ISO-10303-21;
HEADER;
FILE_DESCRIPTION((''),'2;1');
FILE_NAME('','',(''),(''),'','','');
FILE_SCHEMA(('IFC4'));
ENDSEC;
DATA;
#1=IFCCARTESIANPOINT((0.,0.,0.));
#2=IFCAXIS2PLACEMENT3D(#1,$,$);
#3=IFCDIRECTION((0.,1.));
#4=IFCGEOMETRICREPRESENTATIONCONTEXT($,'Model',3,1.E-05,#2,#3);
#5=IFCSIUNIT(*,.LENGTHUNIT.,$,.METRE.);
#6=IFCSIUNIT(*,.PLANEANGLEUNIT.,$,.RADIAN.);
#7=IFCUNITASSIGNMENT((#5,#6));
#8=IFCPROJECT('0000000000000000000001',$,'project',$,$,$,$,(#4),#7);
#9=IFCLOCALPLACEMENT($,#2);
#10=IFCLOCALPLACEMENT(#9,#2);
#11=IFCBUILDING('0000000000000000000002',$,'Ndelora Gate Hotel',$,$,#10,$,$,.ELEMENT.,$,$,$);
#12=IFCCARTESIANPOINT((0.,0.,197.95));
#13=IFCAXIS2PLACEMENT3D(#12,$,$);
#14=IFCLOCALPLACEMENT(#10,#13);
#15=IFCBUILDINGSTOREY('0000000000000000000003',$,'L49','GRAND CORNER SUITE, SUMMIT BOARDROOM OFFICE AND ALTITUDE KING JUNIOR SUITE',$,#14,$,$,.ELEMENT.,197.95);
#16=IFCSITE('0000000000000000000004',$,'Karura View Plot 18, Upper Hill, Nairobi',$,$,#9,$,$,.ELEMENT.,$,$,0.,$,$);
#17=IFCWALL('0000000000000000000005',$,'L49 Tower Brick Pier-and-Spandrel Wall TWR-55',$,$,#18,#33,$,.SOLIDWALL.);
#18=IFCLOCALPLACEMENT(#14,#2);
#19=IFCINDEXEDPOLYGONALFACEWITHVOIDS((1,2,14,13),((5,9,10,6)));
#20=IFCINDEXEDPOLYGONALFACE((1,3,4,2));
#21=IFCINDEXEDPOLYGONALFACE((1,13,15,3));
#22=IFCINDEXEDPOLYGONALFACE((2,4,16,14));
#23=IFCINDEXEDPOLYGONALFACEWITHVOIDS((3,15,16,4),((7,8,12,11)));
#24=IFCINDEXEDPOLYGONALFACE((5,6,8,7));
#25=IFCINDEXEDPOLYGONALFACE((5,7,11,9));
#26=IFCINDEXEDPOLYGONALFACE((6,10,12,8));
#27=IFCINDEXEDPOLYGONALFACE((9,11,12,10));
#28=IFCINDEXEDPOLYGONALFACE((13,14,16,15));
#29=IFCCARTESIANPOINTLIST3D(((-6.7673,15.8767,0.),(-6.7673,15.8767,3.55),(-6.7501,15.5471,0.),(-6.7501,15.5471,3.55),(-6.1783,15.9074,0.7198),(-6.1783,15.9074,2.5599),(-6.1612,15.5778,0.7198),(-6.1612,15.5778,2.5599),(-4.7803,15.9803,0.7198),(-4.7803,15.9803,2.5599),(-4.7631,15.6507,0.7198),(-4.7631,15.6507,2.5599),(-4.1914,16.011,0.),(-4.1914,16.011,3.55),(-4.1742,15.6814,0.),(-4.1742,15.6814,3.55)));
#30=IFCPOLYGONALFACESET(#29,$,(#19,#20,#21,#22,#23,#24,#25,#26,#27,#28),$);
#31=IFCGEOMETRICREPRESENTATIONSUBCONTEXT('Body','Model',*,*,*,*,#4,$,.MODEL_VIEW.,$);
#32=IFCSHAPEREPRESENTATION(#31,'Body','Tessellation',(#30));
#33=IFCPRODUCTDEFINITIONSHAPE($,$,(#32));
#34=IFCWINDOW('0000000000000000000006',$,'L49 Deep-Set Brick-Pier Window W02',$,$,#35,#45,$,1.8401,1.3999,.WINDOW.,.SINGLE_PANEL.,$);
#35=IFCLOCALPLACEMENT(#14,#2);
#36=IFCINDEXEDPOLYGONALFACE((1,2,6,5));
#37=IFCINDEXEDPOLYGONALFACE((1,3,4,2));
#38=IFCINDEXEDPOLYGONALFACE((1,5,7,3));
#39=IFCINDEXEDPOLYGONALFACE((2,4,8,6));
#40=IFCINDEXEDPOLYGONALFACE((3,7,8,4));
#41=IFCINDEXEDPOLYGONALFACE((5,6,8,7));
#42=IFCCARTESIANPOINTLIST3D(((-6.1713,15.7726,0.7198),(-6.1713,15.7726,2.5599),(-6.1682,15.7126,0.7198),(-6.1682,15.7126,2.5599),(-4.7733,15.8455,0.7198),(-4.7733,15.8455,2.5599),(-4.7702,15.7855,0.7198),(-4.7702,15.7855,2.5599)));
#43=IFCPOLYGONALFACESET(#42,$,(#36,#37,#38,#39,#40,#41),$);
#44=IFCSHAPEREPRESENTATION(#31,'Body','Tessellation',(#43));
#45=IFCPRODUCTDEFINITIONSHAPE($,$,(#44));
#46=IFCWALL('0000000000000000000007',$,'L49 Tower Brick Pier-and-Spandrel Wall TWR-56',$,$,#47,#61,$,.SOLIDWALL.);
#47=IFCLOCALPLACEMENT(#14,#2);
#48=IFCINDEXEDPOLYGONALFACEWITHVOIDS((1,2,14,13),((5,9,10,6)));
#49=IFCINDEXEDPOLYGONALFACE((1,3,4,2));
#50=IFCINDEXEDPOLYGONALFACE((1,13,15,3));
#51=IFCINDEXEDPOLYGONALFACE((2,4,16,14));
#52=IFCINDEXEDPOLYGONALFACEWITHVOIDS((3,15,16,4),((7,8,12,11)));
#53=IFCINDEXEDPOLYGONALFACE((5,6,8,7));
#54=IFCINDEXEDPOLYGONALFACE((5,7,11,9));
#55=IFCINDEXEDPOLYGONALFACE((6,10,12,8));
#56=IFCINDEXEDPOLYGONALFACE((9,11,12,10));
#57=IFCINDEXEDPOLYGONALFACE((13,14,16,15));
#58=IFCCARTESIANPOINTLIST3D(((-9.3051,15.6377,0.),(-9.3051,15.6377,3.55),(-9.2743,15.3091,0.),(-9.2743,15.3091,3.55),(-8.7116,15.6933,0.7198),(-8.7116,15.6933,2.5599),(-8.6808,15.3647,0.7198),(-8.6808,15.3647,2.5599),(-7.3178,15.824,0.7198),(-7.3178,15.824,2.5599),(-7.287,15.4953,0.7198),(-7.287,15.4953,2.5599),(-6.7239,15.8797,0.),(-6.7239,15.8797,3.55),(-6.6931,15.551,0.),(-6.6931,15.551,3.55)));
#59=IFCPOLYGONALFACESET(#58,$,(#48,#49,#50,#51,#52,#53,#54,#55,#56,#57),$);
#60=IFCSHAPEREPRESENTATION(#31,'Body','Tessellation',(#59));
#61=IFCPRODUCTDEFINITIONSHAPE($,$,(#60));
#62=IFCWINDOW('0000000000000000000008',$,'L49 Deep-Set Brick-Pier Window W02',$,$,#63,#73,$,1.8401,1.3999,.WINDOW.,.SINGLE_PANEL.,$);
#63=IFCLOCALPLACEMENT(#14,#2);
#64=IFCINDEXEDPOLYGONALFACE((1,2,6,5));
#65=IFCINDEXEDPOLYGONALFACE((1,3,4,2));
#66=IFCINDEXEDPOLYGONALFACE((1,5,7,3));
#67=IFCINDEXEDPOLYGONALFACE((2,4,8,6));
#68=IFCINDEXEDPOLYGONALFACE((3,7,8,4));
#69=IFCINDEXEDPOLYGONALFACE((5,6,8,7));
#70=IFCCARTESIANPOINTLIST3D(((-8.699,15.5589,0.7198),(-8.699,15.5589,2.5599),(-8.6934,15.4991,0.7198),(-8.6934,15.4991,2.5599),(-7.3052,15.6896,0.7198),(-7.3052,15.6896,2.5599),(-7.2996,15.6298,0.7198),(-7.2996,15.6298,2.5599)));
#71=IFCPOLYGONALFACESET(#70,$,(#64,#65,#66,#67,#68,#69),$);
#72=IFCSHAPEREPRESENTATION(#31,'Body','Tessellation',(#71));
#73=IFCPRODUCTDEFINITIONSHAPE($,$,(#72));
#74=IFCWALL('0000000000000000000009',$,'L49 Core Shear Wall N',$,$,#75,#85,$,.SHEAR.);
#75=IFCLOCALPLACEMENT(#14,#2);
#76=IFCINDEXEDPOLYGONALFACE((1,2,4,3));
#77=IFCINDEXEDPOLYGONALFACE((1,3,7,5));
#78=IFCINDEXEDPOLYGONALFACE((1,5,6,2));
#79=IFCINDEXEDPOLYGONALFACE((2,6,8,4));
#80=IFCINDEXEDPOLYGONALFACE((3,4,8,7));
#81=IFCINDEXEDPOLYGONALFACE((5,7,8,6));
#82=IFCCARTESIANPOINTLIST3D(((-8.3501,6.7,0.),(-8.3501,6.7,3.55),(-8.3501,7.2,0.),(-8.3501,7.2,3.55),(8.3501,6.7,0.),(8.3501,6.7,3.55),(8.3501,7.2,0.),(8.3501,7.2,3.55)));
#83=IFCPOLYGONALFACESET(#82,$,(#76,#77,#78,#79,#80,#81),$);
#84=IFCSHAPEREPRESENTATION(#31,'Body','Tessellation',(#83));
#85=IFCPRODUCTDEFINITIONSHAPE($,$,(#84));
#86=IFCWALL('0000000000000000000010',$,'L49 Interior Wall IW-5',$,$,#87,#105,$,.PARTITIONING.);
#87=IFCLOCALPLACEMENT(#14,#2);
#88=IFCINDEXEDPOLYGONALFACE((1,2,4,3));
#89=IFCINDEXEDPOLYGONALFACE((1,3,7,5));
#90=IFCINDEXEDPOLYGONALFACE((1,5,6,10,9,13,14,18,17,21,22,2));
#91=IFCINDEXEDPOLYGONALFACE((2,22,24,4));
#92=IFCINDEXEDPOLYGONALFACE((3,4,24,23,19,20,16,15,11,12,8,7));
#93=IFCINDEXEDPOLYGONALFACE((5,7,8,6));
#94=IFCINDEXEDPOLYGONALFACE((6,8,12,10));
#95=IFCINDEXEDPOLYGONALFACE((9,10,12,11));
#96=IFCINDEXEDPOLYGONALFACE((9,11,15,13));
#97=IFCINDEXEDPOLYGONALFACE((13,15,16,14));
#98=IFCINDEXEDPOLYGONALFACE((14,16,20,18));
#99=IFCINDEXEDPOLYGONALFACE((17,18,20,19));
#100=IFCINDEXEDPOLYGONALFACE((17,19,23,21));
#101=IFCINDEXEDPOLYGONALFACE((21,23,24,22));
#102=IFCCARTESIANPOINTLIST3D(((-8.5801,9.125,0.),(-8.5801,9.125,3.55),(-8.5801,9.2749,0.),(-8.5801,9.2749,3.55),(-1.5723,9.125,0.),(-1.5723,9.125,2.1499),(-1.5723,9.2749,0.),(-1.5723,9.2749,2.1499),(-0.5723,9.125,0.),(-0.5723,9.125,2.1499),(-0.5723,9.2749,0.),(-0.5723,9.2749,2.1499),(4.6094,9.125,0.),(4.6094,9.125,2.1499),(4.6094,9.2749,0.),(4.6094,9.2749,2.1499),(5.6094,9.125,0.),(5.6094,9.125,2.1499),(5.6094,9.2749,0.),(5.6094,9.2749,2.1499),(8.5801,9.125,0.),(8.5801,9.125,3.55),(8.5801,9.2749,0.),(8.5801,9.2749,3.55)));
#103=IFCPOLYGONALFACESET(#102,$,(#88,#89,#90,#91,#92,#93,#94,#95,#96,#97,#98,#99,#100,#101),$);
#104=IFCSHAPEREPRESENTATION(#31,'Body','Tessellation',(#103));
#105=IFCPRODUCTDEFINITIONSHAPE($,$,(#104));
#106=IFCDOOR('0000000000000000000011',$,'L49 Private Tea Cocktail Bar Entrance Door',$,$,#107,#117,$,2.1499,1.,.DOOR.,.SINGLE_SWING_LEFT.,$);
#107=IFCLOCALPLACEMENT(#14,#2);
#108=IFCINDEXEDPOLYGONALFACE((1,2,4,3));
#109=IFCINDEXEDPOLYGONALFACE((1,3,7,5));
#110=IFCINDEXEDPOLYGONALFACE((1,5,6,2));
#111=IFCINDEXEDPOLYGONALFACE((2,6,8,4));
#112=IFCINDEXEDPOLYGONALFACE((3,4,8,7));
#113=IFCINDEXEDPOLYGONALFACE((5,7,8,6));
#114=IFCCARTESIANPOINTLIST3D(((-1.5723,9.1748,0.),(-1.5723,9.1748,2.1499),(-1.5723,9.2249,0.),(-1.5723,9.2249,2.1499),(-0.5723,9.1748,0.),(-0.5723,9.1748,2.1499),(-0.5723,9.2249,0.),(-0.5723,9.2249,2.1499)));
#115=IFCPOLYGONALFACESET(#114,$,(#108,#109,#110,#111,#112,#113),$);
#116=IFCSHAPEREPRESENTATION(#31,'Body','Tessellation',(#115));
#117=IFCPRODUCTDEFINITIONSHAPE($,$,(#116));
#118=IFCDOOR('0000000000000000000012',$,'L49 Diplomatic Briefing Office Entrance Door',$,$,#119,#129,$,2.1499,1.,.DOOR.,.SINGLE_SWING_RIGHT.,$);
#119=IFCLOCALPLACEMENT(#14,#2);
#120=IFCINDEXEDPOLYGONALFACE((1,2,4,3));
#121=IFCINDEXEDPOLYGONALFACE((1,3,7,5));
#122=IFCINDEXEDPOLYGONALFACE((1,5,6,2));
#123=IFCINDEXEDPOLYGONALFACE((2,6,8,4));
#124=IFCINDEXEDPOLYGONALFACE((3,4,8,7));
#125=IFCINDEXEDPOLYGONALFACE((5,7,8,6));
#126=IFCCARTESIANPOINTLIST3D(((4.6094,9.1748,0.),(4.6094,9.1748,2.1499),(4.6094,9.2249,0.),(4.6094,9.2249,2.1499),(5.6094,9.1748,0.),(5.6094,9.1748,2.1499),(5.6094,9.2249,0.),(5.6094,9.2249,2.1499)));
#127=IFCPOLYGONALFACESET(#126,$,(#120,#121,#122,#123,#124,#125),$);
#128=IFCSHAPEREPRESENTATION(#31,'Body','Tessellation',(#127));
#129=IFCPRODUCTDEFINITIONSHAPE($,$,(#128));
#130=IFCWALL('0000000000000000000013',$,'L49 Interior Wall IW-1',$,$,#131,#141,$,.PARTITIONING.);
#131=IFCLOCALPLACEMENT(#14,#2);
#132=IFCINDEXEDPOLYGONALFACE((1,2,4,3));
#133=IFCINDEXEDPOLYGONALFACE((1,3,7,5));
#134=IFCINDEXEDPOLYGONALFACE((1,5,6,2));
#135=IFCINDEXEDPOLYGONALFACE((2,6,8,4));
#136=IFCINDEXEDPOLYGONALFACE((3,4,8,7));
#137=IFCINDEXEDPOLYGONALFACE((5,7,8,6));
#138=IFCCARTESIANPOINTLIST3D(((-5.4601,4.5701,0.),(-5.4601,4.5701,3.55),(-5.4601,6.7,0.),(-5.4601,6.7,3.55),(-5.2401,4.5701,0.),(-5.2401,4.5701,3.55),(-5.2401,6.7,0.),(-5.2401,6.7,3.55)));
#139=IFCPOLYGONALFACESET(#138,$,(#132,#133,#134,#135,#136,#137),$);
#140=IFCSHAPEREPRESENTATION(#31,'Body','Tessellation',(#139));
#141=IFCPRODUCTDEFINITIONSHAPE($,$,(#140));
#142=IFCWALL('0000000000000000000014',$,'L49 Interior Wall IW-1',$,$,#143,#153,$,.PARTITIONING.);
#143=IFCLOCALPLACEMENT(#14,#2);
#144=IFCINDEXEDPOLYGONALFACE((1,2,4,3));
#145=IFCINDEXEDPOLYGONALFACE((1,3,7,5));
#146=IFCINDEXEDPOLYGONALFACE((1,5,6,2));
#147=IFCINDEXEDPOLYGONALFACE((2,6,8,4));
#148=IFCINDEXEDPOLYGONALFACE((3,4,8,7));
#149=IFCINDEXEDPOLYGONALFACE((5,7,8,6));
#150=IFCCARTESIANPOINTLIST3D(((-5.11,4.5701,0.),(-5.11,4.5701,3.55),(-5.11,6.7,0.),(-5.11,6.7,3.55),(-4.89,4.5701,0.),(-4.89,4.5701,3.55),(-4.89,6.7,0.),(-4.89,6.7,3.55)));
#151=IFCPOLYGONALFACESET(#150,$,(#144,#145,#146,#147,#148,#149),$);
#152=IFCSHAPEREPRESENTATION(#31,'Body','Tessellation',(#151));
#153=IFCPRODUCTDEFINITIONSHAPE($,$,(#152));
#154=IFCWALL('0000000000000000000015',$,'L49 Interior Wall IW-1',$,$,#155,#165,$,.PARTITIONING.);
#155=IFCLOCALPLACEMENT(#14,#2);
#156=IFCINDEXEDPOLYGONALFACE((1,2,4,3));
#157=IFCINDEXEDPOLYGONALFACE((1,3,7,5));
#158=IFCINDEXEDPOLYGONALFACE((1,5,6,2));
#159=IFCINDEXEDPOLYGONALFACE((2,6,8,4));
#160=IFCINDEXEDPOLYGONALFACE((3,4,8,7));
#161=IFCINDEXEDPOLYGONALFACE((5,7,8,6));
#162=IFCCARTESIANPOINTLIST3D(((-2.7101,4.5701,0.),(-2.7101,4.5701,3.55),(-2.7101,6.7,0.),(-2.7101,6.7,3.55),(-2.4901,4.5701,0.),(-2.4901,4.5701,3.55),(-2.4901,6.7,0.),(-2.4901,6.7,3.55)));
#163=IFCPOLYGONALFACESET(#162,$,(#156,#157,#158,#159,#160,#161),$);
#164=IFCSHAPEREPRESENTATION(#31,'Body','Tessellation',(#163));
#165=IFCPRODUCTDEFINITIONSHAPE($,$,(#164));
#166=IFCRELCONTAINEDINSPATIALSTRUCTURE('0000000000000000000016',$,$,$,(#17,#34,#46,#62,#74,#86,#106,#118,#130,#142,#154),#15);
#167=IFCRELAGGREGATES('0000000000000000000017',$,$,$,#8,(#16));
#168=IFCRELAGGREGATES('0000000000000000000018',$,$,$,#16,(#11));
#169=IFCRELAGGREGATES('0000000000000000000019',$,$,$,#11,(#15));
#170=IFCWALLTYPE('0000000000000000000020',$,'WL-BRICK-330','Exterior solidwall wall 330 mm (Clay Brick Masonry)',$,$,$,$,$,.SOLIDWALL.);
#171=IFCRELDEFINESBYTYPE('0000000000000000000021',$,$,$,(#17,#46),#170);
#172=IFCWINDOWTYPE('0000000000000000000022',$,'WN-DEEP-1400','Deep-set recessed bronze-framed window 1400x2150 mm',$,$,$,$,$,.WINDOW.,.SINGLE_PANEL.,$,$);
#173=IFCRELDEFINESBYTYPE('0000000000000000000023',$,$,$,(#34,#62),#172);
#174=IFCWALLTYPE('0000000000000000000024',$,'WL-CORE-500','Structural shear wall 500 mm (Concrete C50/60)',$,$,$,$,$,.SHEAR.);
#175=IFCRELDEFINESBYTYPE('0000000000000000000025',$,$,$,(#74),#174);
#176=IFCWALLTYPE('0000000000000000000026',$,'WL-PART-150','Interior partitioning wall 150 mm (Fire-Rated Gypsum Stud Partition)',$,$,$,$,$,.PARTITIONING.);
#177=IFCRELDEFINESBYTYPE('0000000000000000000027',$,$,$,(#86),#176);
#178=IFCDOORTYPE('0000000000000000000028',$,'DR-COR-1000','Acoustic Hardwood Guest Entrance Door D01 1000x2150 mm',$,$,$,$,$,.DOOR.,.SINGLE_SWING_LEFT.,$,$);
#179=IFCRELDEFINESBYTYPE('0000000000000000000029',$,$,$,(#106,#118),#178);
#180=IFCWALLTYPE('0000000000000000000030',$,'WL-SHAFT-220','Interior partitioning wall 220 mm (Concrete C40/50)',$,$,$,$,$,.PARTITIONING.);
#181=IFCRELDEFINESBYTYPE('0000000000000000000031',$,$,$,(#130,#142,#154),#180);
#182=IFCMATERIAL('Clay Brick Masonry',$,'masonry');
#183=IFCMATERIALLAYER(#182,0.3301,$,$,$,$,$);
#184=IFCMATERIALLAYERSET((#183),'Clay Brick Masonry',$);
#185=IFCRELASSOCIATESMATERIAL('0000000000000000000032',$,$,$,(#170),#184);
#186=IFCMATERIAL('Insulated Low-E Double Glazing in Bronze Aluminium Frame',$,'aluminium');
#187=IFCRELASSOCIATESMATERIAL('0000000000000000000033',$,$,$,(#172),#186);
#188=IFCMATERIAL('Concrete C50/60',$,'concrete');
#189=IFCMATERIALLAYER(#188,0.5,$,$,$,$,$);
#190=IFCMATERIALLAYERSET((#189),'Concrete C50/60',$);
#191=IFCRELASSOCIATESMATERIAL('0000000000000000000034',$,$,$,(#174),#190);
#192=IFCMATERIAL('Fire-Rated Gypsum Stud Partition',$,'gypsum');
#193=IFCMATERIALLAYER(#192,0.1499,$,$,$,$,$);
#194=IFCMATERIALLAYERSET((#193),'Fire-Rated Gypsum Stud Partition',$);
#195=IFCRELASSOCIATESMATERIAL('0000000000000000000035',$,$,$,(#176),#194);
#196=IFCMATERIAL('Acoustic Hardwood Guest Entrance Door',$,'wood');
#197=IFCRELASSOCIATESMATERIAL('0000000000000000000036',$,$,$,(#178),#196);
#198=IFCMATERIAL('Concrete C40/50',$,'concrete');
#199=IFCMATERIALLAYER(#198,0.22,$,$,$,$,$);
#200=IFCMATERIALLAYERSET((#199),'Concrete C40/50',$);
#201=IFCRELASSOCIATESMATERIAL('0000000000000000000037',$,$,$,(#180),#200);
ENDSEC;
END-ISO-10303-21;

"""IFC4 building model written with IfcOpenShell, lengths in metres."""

from ifc_helpers import new_model, si_unit, direction, frame, frame_2d, origin, place, context, subcontext, project, spatial, rectangle, extrude, material, layer, layer_set, type_object, element, fill, save


model = new_model("IFC4")

# Units and contexts
model_context = context("Model", 3, precision=1e-05, world=origin(), true_north=direction((0.0, 1.0)))
body_context = subcontext(model_context, "Body", "Model", "MODEL_VIEW")
ifc_project = project(units=[si_unit("LENGTHUNIT", "METRE"), si_unit("PLANEANGLEUNIT", "RADIAN")], contexts=[model_context])

# Site, building, storey
site_placement = place(None, origin())
site = spatial("IfcSite", under=ifc_project, at=site_placement, Name="Karura View Plot 18, Upper Hill, Nairobi", CompositionType="ELEMENT", RefElevation=0.0)
building_placement = place(site_placement, origin())
building = spatial("IfcBuilding", under=site, at=building_placement, Name="Ndelora Gate Hotel", CompositionType="ELEMENT")
storey_placement = place(building_placement, frame((0.0, 0.0, 197.95)))
storey = spatial("IfcBuildingStorey", under=building, at=storey_placement, Name="L49", Description="GRAND CORNER SUITE, SUMMIT BOARDROOM OFFICE AND ALTITUDE KING JUNIOR SUITE", CompositionType="ELEMENT", Elevation=197.95)

# Shared definitions
ifc_material_1 = material(Name="Concrete C50/60", Category="concrete")

# Walls, openings, windows
ifc_material_2 = material(Name="Clay Brick Masonry", Category="masonry")
ifc_layer_1 = layer(ifc_material_2, 0.3301)
ifc_layer_set_1 = layer_set([ifc_layer_1], Name="Clay Brick Masonry")
wall_type_1 = type_object("IfcWallType", Name="WL-BRICK-330", Description="Exterior solidwall wall 330 mm (Clay Brick Masonry)", PredefinedType="SOLIDWALL", material=ifc_layer_set_1)
ifc_material_3 = material(Name="Insulated Low-E Double Glazing in Bronze Aluminium Frame", Category="aluminium")
window_type = type_object("IfcWindowType", Name="WN-DEEP-1400", Description="Deep-set recessed bronze-framed window 1400x2150 mm", PartitioningType="SINGLE_PANEL", PredefinedType="WINDOW", material=ifc_material_3)
wall_1_placement = place(storey_placement, frame((-6.7585, 15.7119, 0.0), z_axis=(0.0, 0.0, 1.0), x_axis=(0.998644, 0.052057, 0.0)))
wall_1 = element("IfcWall", 1, at=wall_1_placement, inside=storey, type_object=wall_type_1, Name="L49 Tower Brick Pier-and-Spandrel Wall TWR-55", PredefinedType="SOLIDWALL", context=body_context, shape_type="SweptSolid", body=[
    extrude(rectangle(XDim=2.5793, YDim=0.3301, at=frame_2d((1.2896, 0.0))), origin(), (0.0, 0.0, 1.0), 3.55),
])
opening_1_placement = place(wall_1_placement, frame((0.5896, 0.0, 0.72)))
opening_1 = element("IfcOpeningElement", 2, at=opening_1_placement, cuts=wall_1, PredefinedType="OPENING", context=body_context, shape_type="SweptSolid", body=[
    extrude(rectangle(XDim=1.3999, YDim=1.8401, at=frame_2d((0.7, 0.9199))), frame((0.0, 0.175, 0.0), z_axis=(0.0, -1.0, 0.0), x_axis=(1.0, 0.0, 0.0)), (0.0, 0.0, 1.0), 0.3501),
])
window_1_placement = place(opening_1_placement, origin())
window_1 = element("IfcWindow", 3, at=window_1_placement, inside=storey, type_object=window_type, Name="L49 Deep-Set Brick-Pier Window W02", OverallHeight=1.8401, OverallWidth=1.3999, PartitioningType="SINGLE_PANEL", PredefinedType="WINDOW", context=body_context, shape_type="SweptSolid", body=[
    extrude(rectangle(XDim=1.3999, YDim=1.8401, at=frame_2d((0.7, 0.9199))), frame((0.0, 0.03, 0.0), z_axis=(0.0, -1.0, 0.0), x_axis=(1.0, 0.0, 0.0)), (0.0, 0.0, 1.0), 0.0601),
])
fill(opening_1, window_1)
wall_2_placement = place(storey_placement, frame((-9.2898, 15.4734, 0.0), z_axis=(0.0, 0.0, 1.0), x_axis=(0.995636, 0.09332, 0.0)))
wall_2 = element("IfcWall", 4, at=wall_2_placement, inside=storey, type_object=wall_type_1, Name="L49 Tower Brick Pier-and-Spandrel Wall TWR-56", PredefinedType="SOLIDWALL", context=body_context, shape_type="SweptSolid", body=[
    extrude(rectangle(XDim=2.5925, YDim=0.3301, at=frame_2d((1.2964, 0.0))), origin(), (0.0, 0.0, 1.0), 3.55),
])
opening_2_placement = place(wall_2_placement, frame((0.5962, 0.0, 0.72)))
opening_2 = element("IfcOpeningElement", 5, at=opening_2_placement, cuts=wall_2, PredefinedType="OPENING", context=body_context, shape_type="SweptSolid", body=[
    extrude(rectangle(XDim=1.3999, YDim=1.8401, at=frame_2d((0.7, 0.9199))), frame((0.0, 0.175, 0.0), z_axis=(0.0, -1.0, 0.0), x_axis=(1.0, 0.0, 0.0)), (0.0, 0.0, 1.0), 0.3501),
])
window_2_placement = place(opening_2_placement, origin())
window_2 = element("IfcWindow", 6, at=window_2_placement, inside=storey, type_object=window_type, Name="L49 Deep-Set Brick-Pier Window W02", OverallHeight=1.8401, OverallWidth=1.3999, PartitioningType="SINGLE_PANEL", PredefinedType="WINDOW", context=body_context, shape_type="SweptSolid", body=[
    extrude(rectangle(XDim=1.3999, YDim=1.8401, at=frame_2d((0.7, 0.9199))), frame((0.0, 0.03, 0.0), z_axis=(0.0, -1.0, 0.0), x_axis=(1.0, 0.0, 0.0)), (0.0, 0.0, 1.0), 0.0601),
])
fill(opening_2, window_2)

# Wall
ifc_layer_2 = layer(ifc_material_1, 0.5)
ifc_layer_set_2 = layer_set([ifc_layer_2], Name="Concrete C50/60")
wall_type_2 = type_object("IfcWallType", Name="WL-CORE-500", Description="Structural shear wall 500 mm (Concrete C50/60)", PredefinedType="SHEAR", material=ifc_layer_set_2)
wall_3_placement = place(storey_placement, frame((-8.3501, 6.95, 0.0), z_axis=(0.0, 0.0, 1.0), x_axis=(1.0, 0.0, 0.0)))
element("IfcWall", 7, at=wall_3_placement, inside=storey, type_object=wall_type_2, Name="L49 Core Shear Wall N", PredefinedType="SHEAR", context=body_context, shape_type="SweptSolid", body=[
    extrude(rectangle(XDim=16.7002, YDim=0.5, at=frame_2d((8.3501, 0.0))), origin(), (0.0, 0.0, 1.0), 3.55),
])

# Wall, openings, doors
ifc_material_4 = material(Name="Fire-Rated Gypsum Stud Partition", Category="gypsum")
ifc_layer_3 = layer(ifc_material_4, 0.1499)
ifc_layer_set_3 = layer_set([ifc_layer_3], Name="Fire-Rated Gypsum Stud Partition")
wall_type_3 = type_object("IfcWallType", Name="WL-PART-150", Description="Interior partitioning wall 150 mm (Fire-Rated Gypsum Stud Partition)", PredefinedType="PARTITIONING", material=ifc_layer_set_3)
wall_4_placement = place(storey_placement, frame((-8.5801, 9.2, 0.0), z_axis=(0.0, 0.0, 1.0), x_axis=(1.0, 0.0, 0.0)))
wall_4 = element("IfcWall", 8, at=wall_4_placement, inside=storey, type_object=wall_type_3, Name="L49 Interior Wall IW-5", PredefinedType="PARTITIONING", context=body_context, shape_type="SweptSolid", body=[
    extrude(rectangle(XDim=17.1602, YDim=0.1499, at=frame_2d((8.5801, 0.0))), origin(), (0.0, 0.0, 1.0), 3.55),
])
opening_3_placement = place(wall_4_placement, frame((7.0078, 0.0, 0.0)))
opening_3 = element("IfcOpeningElement", 9, at=opening_3_placement, cuts=wall_4, PredefinedType="OPENING", context=body_context, shape_type="SweptSolid", body=[
    extrude(rectangle(XDim=1.0, YDim=2.1499, at=frame_2d((0.5, 1.075))), frame((0.0, 0.085, 0.0), z_axis=(0.0, -1.0, 0.0), x_axis=(1.0, 0.0, 0.0)), (0.0, 0.0, 1.0), 0.1699),
])
opening_4_placement = place(wall_4_placement, frame((13.1895, 0.0, 0.0)))
opening_4 = element("IfcOpeningElement", 10, at=opening_4_placement, cuts=wall_4, PredefinedType="OPENING", context=body_context, shape_type="SweptSolid", body=[
    extrude(rectangle(XDim=1.0, YDim=2.1499, at=frame_2d((0.5, 1.075))), frame((0.0, 0.085, 0.0), z_axis=(0.0, -1.0, 0.0), x_axis=(1.0, 0.0, 0.0)), (0.0, 0.0, 1.0), 0.1699),
])
ifc_material_5 = material(Name="Acoustic Hardwood Guest Entrance Door", Category="wood")
door_type_1 = type_object("IfcDoorType", Name="DR-COR-1000", Description="Acoustic Hardwood Guest Entrance Door D01 1000x2150 mm", OperationType="SINGLE_SWING_LEFT", PredefinedType="DOOR", material=ifc_material_5)
door_1_placement = place(opening_3_placement, origin())
door_1 = element("IfcDoor", 11, at=door_1_placement, inside=storey, type_object=door_type_1, Name="L49 Private Tea Cocktail Bar Entrance Door", OperationType="SINGLE_SWING_LEFT", OverallHeight=2.1499, OverallWidth=1.0, PredefinedType="DOOR", context=body_context, shape_type="SweptSolid", body=[
    extrude(rectangle(XDim=1.0, YDim=2.1499, at=frame_2d((0.5, 1.075))), frame((0.0, 0.0249, 0.0), z_axis=(0.0, -1.0, 0.0), x_axis=(1.0, 0.0, 0.0)), (0.0, 0.0, 1.0), 0.05),
])
fill(opening_3, door_1)
door_2_placement = place(opening_4_placement, origin())
door_2 = element("IfcDoor", 12, at=door_2_placement, inside=storey, type_object=door_type_1, Name="L49 Diplomatic Briefing Office Entrance Door", OperationType="SINGLE_SWING_RIGHT", OverallHeight=2.1499, OverallWidth=1.0, PredefinedType="DOOR", context=body_context, shape_type="SweptSolid", body=[
    extrude(rectangle(XDim=1.0, YDim=2.1499, at=frame_2d((0.5, 1.075))), frame((0.0, 0.0249, 0.0), z_axis=(0.0, -1.0, 0.0), x_axis=(1.0, 0.0, 0.0)), (0.0, 0.0, 1.0), 0.05),
])
fill(opening_4, door_2)

# Walls
ifc_material_6 = material(Name="Concrete C40/50", Category="concrete")
ifc_layer_4 = layer(ifc_material_6, 0.22)
ifc_layer_set_4 = layer_set([ifc_layer_4], Name="Concrete C40/50")
wall_type_4 = type_object("IfcWallType", Name="WL-SHAFT-220", Description="Interior partitioning wall 220 mm (Concrete C40/50)", PredefinedType="PARTITIONING", material=ifc_layer_set_4)
for number, where, z_axis, x_axis, name in (
    (13, (-5.3501, 4.5701, 0.0), (0.0, 0.0, 1.0), (0.0, 1.0, 0.0), "L49 Interior Wall IW-1"),
    (14, (-5.0, 4.5701, 0.0), (0.0, 0.0, 1.0), (0.0, 1.0, 0.0), "L49 Interior Wall IW-1"),
    (15, (-2.6001, 4.5701, 0.0), (0.0, 0.0, 1.0), (0.0, 1.0, 0.0), "L49 Interior Wall IW-1"),
):
    element("IfcWall", number, at=place(storey_placement, frame(where, z_axis=z_axis, x_axis=x_axis)), inside=storey, type_object=wall_type_4, Name=name, PredefinedType="PARTITIONING", context=body_context, shape_type="SweptSolid", body=[
        extrude(rectangle(XDim=2.1299, YDim=0.22, at=frame_2d((1.0649, 0.0))), origin(), (0.0, 0.0, 1.0), 3.55),
    ])

save(model, "model.ifc")
